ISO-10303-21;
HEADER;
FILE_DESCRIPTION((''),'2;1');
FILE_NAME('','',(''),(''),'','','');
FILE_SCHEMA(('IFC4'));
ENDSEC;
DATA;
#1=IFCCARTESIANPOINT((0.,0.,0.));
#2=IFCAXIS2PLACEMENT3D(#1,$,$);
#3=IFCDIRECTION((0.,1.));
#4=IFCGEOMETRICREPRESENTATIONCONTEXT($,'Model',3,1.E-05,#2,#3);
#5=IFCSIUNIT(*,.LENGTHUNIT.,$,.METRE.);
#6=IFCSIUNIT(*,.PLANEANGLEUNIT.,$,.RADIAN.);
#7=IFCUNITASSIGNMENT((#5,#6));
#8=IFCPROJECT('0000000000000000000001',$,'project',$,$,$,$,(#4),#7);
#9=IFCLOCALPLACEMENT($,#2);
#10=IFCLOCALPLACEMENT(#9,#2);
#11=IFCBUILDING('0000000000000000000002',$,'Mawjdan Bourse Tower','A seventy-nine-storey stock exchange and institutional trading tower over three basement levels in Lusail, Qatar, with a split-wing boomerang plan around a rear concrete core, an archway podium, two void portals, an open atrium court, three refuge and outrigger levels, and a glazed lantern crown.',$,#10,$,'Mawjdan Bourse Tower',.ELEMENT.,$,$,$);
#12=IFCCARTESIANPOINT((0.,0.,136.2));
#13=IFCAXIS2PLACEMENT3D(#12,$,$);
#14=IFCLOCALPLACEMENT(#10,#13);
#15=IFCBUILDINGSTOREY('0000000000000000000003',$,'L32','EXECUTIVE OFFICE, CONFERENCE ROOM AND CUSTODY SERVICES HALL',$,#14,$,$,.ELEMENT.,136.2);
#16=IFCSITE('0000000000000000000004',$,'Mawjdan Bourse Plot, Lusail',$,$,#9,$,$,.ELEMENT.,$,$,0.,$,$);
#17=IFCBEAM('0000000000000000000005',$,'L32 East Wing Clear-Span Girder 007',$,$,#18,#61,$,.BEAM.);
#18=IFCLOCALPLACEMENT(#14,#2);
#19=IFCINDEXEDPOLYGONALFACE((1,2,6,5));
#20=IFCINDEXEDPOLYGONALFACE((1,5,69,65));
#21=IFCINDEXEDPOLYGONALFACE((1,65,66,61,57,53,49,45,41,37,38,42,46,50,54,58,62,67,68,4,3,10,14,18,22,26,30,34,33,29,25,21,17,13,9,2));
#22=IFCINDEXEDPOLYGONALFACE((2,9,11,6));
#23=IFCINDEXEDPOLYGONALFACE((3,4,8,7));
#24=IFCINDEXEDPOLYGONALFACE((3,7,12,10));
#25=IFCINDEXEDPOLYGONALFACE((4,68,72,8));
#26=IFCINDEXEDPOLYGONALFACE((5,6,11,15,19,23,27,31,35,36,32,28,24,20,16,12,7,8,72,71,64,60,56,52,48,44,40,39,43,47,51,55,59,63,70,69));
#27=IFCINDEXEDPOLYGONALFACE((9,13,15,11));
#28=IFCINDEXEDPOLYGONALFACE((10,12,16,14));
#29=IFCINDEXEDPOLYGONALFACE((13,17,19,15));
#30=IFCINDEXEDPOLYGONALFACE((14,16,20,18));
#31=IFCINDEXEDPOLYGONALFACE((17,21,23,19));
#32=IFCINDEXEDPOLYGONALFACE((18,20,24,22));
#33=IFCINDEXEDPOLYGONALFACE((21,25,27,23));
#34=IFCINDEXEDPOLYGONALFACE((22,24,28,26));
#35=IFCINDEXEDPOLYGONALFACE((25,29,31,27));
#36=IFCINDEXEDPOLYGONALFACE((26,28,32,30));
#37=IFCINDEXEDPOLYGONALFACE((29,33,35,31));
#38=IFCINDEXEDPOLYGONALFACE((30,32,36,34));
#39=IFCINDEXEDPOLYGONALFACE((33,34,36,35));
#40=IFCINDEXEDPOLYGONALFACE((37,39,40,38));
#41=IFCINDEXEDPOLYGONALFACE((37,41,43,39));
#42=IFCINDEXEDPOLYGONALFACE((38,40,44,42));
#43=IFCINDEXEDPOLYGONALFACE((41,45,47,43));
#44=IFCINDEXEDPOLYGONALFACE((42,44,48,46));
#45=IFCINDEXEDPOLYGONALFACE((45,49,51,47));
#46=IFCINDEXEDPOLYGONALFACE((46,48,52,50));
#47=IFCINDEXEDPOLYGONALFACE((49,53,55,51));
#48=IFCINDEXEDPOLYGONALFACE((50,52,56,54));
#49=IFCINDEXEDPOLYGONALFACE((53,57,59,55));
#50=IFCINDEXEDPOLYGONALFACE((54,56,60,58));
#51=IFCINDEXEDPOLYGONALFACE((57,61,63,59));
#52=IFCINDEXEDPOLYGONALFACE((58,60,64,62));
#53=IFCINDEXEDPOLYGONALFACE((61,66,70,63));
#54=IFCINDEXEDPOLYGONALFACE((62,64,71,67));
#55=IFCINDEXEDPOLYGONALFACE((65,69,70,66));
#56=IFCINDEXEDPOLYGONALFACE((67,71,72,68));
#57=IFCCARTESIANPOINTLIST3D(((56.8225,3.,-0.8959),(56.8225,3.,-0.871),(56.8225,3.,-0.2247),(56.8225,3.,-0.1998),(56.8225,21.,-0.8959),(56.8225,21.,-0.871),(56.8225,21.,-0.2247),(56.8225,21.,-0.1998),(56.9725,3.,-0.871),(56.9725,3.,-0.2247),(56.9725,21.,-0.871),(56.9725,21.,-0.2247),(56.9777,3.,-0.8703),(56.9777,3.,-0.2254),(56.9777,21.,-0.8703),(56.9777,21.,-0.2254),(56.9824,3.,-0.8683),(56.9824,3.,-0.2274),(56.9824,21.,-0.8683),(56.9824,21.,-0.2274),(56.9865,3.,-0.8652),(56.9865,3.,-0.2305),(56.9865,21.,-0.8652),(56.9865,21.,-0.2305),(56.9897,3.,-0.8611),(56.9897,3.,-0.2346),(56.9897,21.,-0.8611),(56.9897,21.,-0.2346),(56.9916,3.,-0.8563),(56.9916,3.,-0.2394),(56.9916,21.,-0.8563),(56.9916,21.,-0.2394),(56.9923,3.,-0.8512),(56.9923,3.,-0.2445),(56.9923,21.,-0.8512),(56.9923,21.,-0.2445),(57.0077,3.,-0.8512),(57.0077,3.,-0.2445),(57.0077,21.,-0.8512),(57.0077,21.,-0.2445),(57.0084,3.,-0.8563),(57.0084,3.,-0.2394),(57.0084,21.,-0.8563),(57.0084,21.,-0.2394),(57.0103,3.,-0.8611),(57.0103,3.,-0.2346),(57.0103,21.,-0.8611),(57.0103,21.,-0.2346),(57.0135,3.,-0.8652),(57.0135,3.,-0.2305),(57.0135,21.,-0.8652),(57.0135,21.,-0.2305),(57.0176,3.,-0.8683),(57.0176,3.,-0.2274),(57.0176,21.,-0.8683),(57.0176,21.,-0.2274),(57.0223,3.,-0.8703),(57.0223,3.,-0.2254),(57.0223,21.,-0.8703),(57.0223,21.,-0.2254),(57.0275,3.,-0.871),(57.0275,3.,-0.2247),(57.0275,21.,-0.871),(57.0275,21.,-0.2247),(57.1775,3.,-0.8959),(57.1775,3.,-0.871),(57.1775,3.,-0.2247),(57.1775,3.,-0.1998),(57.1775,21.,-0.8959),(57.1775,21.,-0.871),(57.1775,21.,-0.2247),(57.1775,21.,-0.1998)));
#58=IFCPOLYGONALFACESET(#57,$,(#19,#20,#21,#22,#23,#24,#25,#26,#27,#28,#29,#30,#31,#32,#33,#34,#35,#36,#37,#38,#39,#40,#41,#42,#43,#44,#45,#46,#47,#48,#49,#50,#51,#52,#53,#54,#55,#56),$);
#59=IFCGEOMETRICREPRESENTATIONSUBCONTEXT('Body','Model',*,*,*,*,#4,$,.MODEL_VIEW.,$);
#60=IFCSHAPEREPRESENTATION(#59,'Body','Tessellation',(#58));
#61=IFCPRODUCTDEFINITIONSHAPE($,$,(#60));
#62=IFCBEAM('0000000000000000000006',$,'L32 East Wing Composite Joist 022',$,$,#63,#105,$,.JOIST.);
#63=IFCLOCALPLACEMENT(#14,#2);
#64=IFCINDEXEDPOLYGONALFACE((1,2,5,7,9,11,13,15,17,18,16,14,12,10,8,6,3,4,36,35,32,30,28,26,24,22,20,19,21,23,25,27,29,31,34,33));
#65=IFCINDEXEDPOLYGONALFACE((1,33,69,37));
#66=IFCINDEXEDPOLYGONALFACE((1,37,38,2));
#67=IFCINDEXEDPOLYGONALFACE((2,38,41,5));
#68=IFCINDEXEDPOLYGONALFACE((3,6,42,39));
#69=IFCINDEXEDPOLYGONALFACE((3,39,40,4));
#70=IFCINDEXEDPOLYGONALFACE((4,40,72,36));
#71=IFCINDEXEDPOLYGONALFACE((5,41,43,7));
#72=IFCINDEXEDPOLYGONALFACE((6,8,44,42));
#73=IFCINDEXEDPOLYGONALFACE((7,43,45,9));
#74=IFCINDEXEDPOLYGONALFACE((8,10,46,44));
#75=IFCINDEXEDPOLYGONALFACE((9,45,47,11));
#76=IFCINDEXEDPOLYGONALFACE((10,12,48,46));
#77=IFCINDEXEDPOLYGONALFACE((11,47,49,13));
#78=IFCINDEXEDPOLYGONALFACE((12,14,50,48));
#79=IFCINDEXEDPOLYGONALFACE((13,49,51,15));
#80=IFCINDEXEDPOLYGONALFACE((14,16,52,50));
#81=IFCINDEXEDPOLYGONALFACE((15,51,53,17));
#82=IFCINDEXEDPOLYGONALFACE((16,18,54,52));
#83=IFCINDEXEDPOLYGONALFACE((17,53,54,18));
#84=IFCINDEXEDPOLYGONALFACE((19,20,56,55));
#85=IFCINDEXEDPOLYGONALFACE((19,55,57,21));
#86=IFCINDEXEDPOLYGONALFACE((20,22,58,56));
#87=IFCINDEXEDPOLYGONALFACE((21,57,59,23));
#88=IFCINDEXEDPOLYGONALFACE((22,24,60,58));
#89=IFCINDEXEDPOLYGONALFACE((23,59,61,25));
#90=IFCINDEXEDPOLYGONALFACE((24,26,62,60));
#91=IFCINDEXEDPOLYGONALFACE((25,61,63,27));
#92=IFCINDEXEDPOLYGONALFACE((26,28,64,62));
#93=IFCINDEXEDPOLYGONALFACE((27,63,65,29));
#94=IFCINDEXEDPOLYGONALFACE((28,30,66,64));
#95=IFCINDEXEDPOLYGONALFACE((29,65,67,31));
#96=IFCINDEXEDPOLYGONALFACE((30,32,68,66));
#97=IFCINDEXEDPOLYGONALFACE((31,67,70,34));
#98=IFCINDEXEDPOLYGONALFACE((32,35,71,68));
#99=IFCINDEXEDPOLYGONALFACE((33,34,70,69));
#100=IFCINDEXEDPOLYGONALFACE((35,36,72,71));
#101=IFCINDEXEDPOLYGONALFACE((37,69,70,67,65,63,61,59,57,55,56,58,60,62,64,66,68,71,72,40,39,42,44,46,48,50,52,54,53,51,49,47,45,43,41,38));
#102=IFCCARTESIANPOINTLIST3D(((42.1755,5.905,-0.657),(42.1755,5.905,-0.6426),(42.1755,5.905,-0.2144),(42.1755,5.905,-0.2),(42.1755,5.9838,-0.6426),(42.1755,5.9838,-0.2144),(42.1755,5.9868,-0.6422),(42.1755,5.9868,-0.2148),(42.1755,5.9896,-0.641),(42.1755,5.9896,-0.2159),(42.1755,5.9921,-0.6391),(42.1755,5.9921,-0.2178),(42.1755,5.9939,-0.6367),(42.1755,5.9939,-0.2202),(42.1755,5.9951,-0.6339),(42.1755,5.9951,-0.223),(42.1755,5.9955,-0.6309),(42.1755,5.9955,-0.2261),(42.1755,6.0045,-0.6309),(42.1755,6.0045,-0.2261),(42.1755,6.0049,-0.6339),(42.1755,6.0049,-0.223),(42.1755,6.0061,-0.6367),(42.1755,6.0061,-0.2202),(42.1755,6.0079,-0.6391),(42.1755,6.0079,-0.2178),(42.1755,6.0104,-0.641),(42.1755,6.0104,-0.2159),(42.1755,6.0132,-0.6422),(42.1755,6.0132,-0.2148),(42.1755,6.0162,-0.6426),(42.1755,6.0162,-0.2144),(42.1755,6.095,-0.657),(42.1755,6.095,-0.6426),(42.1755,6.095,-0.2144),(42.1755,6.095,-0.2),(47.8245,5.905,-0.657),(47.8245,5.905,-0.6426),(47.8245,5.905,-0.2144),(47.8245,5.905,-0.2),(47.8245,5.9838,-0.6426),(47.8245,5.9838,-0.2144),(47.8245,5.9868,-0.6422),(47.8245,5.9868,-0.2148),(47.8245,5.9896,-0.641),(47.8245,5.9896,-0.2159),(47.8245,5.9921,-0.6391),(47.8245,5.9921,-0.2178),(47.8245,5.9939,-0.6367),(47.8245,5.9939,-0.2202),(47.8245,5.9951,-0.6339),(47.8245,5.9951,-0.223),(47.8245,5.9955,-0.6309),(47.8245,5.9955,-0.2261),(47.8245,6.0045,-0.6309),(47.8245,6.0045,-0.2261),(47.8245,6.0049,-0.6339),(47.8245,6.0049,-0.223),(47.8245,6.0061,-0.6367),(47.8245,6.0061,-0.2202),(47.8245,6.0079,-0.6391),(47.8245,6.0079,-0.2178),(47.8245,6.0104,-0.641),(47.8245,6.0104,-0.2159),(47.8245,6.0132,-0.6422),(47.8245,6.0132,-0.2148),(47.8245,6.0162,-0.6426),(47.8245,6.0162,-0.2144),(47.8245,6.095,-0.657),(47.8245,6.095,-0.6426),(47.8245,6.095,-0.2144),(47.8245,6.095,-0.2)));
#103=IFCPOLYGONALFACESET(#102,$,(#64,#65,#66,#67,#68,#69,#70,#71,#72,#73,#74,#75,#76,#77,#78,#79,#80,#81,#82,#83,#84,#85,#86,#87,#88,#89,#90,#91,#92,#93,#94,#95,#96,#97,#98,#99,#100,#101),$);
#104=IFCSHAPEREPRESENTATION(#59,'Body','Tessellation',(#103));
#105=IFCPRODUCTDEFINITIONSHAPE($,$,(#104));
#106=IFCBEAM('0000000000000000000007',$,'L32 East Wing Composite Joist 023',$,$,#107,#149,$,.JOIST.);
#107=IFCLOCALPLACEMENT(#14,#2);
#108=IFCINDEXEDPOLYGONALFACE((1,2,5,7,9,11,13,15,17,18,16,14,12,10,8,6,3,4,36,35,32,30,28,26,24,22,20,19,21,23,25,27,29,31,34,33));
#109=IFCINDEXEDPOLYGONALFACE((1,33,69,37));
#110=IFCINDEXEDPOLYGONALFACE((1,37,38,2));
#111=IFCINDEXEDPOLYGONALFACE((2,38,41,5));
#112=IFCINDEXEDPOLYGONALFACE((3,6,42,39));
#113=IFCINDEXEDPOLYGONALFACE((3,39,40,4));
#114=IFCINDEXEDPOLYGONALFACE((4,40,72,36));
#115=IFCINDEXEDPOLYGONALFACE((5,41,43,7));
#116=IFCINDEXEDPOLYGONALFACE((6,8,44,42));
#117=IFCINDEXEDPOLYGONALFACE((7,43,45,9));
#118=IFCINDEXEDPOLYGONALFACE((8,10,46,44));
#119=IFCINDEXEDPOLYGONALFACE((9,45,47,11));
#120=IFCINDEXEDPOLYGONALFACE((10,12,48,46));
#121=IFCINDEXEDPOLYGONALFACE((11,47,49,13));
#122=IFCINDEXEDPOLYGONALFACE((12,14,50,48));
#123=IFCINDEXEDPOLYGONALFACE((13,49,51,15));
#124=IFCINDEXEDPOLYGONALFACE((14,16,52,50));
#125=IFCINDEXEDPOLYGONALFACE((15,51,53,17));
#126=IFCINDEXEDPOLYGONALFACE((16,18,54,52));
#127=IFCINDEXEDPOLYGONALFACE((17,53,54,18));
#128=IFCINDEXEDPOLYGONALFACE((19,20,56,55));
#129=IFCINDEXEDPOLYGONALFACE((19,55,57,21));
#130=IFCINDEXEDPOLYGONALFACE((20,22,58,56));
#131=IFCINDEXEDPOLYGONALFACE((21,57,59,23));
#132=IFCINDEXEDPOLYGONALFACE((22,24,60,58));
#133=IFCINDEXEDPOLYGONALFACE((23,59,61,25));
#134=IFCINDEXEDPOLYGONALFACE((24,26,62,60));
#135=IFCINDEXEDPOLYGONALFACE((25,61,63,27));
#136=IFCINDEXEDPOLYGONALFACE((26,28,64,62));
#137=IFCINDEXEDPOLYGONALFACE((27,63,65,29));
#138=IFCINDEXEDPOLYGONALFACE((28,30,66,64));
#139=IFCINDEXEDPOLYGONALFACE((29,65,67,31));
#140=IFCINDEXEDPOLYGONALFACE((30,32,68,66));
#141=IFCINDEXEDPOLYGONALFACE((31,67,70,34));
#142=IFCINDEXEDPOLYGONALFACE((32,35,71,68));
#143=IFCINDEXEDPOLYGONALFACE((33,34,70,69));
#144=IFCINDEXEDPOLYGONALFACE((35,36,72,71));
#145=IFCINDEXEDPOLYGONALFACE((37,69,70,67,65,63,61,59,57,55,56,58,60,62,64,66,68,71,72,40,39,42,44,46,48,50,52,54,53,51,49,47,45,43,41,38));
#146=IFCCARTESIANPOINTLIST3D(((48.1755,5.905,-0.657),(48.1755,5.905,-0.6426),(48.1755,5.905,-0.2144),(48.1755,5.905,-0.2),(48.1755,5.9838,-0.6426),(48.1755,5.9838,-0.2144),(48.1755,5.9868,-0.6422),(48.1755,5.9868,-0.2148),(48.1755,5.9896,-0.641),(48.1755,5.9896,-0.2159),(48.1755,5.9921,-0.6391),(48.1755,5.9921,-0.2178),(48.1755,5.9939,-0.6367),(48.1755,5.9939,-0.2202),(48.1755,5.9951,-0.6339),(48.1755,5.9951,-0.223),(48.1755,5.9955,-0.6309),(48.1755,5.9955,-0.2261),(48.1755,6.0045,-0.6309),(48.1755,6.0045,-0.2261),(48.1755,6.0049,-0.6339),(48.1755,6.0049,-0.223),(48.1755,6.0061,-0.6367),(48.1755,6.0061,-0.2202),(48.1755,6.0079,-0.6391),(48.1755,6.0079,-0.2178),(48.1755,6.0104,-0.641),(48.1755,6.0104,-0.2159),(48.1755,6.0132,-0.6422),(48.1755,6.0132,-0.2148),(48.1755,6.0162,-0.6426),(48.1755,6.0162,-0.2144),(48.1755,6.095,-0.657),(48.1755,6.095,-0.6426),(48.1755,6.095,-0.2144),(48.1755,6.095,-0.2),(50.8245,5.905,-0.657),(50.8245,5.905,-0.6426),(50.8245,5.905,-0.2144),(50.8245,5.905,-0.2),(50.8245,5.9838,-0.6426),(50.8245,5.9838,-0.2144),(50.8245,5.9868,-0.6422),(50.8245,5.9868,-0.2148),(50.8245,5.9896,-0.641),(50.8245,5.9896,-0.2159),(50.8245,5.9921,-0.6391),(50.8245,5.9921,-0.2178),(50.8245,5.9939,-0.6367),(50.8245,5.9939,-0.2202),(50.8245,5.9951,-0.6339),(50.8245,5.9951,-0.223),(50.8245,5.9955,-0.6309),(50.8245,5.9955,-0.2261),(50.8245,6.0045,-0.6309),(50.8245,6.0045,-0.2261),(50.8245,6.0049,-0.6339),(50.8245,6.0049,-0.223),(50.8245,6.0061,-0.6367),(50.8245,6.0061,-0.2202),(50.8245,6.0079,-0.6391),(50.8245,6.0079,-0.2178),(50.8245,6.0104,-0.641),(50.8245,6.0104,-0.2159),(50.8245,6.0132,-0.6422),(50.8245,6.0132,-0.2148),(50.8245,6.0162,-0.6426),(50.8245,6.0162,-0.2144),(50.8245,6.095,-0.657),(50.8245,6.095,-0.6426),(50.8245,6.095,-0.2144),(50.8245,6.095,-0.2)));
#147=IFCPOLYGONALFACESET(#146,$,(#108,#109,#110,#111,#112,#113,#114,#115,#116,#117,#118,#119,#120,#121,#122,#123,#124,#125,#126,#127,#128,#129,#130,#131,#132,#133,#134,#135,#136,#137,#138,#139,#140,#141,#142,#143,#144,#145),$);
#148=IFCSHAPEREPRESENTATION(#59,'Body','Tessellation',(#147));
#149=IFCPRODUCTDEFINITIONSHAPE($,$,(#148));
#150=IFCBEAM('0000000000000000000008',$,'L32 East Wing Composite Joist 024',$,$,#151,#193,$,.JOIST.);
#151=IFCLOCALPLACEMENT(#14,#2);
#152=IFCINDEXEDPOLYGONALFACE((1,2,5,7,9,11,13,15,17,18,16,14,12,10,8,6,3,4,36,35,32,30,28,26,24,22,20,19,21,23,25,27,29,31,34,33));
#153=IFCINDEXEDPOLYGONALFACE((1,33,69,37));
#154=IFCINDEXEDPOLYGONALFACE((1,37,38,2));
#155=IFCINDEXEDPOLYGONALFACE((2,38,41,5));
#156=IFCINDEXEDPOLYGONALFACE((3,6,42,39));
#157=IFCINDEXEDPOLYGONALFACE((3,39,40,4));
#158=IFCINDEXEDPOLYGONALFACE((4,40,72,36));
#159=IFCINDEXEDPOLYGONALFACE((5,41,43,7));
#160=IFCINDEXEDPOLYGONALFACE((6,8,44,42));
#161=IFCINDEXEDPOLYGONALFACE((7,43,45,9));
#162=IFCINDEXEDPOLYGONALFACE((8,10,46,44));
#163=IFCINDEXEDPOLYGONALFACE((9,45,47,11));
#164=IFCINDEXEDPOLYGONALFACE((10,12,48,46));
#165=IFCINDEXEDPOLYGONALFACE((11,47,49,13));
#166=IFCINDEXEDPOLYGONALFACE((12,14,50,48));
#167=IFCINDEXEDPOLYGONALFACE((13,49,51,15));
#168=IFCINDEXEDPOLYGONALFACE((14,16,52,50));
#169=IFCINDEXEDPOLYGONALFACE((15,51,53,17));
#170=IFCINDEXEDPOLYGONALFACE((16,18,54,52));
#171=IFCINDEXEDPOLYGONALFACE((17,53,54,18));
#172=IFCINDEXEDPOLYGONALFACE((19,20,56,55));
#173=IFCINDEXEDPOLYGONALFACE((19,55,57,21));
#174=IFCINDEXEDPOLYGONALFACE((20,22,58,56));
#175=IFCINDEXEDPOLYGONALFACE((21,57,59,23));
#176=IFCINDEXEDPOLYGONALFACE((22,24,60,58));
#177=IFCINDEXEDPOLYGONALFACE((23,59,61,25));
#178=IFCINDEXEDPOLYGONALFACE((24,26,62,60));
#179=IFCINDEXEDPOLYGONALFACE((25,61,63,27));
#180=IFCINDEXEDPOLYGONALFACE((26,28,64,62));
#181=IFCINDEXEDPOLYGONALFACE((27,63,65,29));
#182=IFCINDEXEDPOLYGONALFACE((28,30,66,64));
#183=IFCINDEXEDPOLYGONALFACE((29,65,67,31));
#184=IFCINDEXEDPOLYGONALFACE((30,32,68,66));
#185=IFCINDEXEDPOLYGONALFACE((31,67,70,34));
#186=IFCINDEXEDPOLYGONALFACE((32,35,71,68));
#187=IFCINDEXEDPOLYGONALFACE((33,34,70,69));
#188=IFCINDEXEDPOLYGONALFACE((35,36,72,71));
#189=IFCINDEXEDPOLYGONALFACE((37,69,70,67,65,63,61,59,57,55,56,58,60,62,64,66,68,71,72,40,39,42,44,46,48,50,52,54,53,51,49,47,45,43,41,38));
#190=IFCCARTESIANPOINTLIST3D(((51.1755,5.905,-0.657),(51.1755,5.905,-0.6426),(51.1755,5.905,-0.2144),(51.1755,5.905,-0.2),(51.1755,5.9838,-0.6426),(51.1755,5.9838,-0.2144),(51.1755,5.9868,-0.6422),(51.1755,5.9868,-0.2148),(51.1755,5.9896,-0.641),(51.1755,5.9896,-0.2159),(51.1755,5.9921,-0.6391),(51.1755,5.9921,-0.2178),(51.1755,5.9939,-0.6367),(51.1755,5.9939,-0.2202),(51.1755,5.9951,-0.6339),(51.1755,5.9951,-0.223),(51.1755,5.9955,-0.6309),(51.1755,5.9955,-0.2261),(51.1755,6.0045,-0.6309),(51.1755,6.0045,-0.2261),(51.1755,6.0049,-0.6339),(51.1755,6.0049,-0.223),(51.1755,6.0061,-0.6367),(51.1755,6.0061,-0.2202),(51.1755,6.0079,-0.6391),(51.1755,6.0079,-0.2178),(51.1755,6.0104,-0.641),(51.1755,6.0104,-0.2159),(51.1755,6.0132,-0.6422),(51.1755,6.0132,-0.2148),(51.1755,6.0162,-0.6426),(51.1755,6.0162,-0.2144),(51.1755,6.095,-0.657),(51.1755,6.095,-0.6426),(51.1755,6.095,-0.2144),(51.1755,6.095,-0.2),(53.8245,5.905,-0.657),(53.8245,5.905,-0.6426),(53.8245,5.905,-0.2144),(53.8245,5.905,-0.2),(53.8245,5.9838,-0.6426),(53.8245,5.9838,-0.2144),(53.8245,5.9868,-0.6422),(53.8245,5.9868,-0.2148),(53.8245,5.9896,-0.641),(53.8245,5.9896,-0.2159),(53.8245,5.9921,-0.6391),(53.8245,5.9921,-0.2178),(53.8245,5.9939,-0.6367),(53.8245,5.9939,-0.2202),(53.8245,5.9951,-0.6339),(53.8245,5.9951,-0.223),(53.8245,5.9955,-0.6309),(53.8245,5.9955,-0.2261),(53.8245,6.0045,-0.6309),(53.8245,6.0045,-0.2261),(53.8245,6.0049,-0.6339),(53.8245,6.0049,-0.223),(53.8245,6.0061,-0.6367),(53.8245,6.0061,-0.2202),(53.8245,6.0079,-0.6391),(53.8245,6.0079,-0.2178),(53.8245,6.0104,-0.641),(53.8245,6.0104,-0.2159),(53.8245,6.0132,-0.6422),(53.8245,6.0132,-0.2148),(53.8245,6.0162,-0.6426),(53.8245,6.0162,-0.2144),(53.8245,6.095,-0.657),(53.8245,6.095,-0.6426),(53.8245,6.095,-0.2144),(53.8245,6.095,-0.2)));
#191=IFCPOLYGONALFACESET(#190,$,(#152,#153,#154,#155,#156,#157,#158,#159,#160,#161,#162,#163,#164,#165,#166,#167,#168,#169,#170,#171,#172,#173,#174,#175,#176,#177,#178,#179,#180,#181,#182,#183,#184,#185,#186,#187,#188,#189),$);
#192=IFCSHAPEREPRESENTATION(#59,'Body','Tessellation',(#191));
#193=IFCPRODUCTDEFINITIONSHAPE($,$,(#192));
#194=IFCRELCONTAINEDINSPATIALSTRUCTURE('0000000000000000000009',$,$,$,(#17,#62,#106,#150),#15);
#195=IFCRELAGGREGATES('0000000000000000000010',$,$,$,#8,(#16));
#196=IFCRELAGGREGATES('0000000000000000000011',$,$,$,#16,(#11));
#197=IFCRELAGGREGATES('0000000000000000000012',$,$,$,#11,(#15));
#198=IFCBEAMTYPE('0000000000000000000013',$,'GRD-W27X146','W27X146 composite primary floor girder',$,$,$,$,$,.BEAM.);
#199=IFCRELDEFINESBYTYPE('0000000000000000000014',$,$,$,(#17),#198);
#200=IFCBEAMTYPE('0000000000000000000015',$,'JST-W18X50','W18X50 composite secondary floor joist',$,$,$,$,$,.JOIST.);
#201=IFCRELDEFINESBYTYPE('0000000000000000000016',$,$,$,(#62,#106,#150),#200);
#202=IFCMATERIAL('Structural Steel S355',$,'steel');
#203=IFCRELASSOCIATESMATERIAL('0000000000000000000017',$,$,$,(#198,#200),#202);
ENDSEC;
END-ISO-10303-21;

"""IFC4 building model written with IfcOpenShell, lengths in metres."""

from ifc_helpers import new_model, si_unit, direction, frame, origin, origin_2d, place, context, subcontext, project, spatial, i_section, extrude, material, material_profile, profile_set, type_object, element, save


model = new_model("IFC4")

# Units and contexts
model_context = context("Model", 3, precision=1e-05, world=origin(), true_north=direction((0.0, 1.0)))
body_context = subcontext(model_context, "Body", "Model", "MODEL_VIEW")
ifc_project = project(units=[si_unit("LENGTHUNIT", "METRE"), si_unit("PLANEANGLEUNIT", "RADIAN")], contexts=[model_context])

# Site, building, storey
site_placement = place(None, origin())
site = spatial("IfcSite", under=ifc_project, at=site_placement, Name="Mawjdan Bourse Plot, Lusail", CompositionType="ELEMENT", RefElevation=0.0)
building_placement = place(site_placement, origin())
building = spatial("IfcBuilding", under=site, at=building_placement, Name="Mawjdan Bourse Tower", Description="A seventy-nine-storey stock exchange and institutional trading tower over three basement levels in Lusail, Qatar, with a split-wing boomerang plan around a rear concrete core, an archway podium, two void portals, an open atrium court, three refuge and outrigger levels, and a glazed lantern crown.", LongName="Mawjdan Bourse Tower", CompositionType="ELEMENT")
storey_placement = place(building_placement, frame((0.0, 0.0, 136.2)))
storey = spatial("IfcBuildingStorey", under=building, at=storey_placement, Name="L32", Description="EXECUTIVE OFFICE, CONFERENCE ROOM AND CUSTODY SERVICES HALL", CompositionType="ELEMENT", Elevation=136.2)

# Beams
ifc_material_1 = material(Name="Structural Steel S355", Category="steel")
ifc_material_profile_1 = material_profile(ifc_material_1, i_section(OverallWidth=0.355, OverallDepth=0.696, WebThickness=0.0154, FlangeThickness=0.0249, FilletRadius=0.0198, at=origin_2d()), Name="W27X146")
ifc_profile_set_1 = profile_set([ifc_material_profile_1], Name="Structural Steel S355")
beam_type_1 = type_object("IfcBeamType", Name="GRD-W27X146", Description="W27X146 composite primary floor girder", PredefinedType="BEAM", material=ifc_profile_set_1)
for number, where, z_axis, x_axis, name in (
    (1, (57.0, 3.0, -0.5479), (0.0, 1.0, 0.0), (-1.0, 0.0, 0.0), "L32 East Wing Clear-Span Girder 007"),
):
    element("IfcBeam", number, at=place(storey_placement, frame(where, z_axis=z_axis, x_axis=x_axis)), inside=storey, type_object=beam_type_1, Name=name, PredefinedType="BEAM", context=body_context, shape_type="SweptSolid", body=[
        extrude(i_section(OverallWidth=0.355, OverallDepth=0.696, WebThickness=0.0154, FlangeThickness=0.0249, FilletRadius=0.0198, at=origin_2d()), origin(), (0.0, 0.0, 1.0), 18.0),
    ])
ifc_material_profile_2 = material_profile(ifc_material_1, i_section(OverallWidth=0.1899, OverallDepth=0.457, WebThickness=0.009, FlangeThickness=0.0144, FilletRadius=0.0117, at=origin_2d()), Name="W18X50")
ifc_profile_set_2 = profile_set([ifc_material_profile_2], Name="Structural Steel S355")
beam_type_2 = type_object("IfcBeamType", Name="JST-W18X50", Description="W18X50 composite secondary floor joist", PredefinedType="JOIST", material=ifc_profile_set_2)
beam_1_placement = place(storey_placement, frame((42.1755, 6.0, -0.4285), z_axis=(1.0, 0.0, 0.0), x_axis=(0.0, 1.0, 0.0)))
element("IfcBeam", 2, at=beam_1_placement, inside=storey, type_object=beam_type_2, Name="L32 East Wing Composite Joist 022", PredefinedType="JOIST", context=body_context, shape_type="SweptSolid", body=[
    extrude(i_section(OverallWidth=0.1899, OverallDepth=0.457, WebThickness=0.009, FlangeThickness=0.0144, FilletRadius=0.0117, at=origin_2d()), origin(), (0.0, 0.0, 1.0), 5.6489),
])
for number, where, z_axis, x_axis, name in (
    (3, (48.1755, 6.0, -0.4285), (1.0, 0.0, 0.0), (0.0, 1.0, 0.0), "L32 East Wing Composite Joist 023"),
    (4, (51.1755, 6.0, -0.4285), (1.0, 0.0, 0.0), (0.0, 1.0, 0.0), "L32 East Wing Composite Joist 024"),
):
    element("IfcBeam", number, at=place(storey_placement, frame(where, z_axis=z_axis, x_axis=x_axis)), inside=storey, type_object=beam_type_2, Name=name, PredefinedType="JOIST", context=body_context, shape_type="SweptSolid", body=[
        extrude(i_section(OverallWidth=0.1899, OverallDepth=0.457, WebThickness=0.009, FlangeThickness=0.0144, FilletRadius=0.0117, at=origin_2d()), origin(), (0.0, 0.0, 1.0), 2.6489),
    ])

save(model, "model.ifc")
